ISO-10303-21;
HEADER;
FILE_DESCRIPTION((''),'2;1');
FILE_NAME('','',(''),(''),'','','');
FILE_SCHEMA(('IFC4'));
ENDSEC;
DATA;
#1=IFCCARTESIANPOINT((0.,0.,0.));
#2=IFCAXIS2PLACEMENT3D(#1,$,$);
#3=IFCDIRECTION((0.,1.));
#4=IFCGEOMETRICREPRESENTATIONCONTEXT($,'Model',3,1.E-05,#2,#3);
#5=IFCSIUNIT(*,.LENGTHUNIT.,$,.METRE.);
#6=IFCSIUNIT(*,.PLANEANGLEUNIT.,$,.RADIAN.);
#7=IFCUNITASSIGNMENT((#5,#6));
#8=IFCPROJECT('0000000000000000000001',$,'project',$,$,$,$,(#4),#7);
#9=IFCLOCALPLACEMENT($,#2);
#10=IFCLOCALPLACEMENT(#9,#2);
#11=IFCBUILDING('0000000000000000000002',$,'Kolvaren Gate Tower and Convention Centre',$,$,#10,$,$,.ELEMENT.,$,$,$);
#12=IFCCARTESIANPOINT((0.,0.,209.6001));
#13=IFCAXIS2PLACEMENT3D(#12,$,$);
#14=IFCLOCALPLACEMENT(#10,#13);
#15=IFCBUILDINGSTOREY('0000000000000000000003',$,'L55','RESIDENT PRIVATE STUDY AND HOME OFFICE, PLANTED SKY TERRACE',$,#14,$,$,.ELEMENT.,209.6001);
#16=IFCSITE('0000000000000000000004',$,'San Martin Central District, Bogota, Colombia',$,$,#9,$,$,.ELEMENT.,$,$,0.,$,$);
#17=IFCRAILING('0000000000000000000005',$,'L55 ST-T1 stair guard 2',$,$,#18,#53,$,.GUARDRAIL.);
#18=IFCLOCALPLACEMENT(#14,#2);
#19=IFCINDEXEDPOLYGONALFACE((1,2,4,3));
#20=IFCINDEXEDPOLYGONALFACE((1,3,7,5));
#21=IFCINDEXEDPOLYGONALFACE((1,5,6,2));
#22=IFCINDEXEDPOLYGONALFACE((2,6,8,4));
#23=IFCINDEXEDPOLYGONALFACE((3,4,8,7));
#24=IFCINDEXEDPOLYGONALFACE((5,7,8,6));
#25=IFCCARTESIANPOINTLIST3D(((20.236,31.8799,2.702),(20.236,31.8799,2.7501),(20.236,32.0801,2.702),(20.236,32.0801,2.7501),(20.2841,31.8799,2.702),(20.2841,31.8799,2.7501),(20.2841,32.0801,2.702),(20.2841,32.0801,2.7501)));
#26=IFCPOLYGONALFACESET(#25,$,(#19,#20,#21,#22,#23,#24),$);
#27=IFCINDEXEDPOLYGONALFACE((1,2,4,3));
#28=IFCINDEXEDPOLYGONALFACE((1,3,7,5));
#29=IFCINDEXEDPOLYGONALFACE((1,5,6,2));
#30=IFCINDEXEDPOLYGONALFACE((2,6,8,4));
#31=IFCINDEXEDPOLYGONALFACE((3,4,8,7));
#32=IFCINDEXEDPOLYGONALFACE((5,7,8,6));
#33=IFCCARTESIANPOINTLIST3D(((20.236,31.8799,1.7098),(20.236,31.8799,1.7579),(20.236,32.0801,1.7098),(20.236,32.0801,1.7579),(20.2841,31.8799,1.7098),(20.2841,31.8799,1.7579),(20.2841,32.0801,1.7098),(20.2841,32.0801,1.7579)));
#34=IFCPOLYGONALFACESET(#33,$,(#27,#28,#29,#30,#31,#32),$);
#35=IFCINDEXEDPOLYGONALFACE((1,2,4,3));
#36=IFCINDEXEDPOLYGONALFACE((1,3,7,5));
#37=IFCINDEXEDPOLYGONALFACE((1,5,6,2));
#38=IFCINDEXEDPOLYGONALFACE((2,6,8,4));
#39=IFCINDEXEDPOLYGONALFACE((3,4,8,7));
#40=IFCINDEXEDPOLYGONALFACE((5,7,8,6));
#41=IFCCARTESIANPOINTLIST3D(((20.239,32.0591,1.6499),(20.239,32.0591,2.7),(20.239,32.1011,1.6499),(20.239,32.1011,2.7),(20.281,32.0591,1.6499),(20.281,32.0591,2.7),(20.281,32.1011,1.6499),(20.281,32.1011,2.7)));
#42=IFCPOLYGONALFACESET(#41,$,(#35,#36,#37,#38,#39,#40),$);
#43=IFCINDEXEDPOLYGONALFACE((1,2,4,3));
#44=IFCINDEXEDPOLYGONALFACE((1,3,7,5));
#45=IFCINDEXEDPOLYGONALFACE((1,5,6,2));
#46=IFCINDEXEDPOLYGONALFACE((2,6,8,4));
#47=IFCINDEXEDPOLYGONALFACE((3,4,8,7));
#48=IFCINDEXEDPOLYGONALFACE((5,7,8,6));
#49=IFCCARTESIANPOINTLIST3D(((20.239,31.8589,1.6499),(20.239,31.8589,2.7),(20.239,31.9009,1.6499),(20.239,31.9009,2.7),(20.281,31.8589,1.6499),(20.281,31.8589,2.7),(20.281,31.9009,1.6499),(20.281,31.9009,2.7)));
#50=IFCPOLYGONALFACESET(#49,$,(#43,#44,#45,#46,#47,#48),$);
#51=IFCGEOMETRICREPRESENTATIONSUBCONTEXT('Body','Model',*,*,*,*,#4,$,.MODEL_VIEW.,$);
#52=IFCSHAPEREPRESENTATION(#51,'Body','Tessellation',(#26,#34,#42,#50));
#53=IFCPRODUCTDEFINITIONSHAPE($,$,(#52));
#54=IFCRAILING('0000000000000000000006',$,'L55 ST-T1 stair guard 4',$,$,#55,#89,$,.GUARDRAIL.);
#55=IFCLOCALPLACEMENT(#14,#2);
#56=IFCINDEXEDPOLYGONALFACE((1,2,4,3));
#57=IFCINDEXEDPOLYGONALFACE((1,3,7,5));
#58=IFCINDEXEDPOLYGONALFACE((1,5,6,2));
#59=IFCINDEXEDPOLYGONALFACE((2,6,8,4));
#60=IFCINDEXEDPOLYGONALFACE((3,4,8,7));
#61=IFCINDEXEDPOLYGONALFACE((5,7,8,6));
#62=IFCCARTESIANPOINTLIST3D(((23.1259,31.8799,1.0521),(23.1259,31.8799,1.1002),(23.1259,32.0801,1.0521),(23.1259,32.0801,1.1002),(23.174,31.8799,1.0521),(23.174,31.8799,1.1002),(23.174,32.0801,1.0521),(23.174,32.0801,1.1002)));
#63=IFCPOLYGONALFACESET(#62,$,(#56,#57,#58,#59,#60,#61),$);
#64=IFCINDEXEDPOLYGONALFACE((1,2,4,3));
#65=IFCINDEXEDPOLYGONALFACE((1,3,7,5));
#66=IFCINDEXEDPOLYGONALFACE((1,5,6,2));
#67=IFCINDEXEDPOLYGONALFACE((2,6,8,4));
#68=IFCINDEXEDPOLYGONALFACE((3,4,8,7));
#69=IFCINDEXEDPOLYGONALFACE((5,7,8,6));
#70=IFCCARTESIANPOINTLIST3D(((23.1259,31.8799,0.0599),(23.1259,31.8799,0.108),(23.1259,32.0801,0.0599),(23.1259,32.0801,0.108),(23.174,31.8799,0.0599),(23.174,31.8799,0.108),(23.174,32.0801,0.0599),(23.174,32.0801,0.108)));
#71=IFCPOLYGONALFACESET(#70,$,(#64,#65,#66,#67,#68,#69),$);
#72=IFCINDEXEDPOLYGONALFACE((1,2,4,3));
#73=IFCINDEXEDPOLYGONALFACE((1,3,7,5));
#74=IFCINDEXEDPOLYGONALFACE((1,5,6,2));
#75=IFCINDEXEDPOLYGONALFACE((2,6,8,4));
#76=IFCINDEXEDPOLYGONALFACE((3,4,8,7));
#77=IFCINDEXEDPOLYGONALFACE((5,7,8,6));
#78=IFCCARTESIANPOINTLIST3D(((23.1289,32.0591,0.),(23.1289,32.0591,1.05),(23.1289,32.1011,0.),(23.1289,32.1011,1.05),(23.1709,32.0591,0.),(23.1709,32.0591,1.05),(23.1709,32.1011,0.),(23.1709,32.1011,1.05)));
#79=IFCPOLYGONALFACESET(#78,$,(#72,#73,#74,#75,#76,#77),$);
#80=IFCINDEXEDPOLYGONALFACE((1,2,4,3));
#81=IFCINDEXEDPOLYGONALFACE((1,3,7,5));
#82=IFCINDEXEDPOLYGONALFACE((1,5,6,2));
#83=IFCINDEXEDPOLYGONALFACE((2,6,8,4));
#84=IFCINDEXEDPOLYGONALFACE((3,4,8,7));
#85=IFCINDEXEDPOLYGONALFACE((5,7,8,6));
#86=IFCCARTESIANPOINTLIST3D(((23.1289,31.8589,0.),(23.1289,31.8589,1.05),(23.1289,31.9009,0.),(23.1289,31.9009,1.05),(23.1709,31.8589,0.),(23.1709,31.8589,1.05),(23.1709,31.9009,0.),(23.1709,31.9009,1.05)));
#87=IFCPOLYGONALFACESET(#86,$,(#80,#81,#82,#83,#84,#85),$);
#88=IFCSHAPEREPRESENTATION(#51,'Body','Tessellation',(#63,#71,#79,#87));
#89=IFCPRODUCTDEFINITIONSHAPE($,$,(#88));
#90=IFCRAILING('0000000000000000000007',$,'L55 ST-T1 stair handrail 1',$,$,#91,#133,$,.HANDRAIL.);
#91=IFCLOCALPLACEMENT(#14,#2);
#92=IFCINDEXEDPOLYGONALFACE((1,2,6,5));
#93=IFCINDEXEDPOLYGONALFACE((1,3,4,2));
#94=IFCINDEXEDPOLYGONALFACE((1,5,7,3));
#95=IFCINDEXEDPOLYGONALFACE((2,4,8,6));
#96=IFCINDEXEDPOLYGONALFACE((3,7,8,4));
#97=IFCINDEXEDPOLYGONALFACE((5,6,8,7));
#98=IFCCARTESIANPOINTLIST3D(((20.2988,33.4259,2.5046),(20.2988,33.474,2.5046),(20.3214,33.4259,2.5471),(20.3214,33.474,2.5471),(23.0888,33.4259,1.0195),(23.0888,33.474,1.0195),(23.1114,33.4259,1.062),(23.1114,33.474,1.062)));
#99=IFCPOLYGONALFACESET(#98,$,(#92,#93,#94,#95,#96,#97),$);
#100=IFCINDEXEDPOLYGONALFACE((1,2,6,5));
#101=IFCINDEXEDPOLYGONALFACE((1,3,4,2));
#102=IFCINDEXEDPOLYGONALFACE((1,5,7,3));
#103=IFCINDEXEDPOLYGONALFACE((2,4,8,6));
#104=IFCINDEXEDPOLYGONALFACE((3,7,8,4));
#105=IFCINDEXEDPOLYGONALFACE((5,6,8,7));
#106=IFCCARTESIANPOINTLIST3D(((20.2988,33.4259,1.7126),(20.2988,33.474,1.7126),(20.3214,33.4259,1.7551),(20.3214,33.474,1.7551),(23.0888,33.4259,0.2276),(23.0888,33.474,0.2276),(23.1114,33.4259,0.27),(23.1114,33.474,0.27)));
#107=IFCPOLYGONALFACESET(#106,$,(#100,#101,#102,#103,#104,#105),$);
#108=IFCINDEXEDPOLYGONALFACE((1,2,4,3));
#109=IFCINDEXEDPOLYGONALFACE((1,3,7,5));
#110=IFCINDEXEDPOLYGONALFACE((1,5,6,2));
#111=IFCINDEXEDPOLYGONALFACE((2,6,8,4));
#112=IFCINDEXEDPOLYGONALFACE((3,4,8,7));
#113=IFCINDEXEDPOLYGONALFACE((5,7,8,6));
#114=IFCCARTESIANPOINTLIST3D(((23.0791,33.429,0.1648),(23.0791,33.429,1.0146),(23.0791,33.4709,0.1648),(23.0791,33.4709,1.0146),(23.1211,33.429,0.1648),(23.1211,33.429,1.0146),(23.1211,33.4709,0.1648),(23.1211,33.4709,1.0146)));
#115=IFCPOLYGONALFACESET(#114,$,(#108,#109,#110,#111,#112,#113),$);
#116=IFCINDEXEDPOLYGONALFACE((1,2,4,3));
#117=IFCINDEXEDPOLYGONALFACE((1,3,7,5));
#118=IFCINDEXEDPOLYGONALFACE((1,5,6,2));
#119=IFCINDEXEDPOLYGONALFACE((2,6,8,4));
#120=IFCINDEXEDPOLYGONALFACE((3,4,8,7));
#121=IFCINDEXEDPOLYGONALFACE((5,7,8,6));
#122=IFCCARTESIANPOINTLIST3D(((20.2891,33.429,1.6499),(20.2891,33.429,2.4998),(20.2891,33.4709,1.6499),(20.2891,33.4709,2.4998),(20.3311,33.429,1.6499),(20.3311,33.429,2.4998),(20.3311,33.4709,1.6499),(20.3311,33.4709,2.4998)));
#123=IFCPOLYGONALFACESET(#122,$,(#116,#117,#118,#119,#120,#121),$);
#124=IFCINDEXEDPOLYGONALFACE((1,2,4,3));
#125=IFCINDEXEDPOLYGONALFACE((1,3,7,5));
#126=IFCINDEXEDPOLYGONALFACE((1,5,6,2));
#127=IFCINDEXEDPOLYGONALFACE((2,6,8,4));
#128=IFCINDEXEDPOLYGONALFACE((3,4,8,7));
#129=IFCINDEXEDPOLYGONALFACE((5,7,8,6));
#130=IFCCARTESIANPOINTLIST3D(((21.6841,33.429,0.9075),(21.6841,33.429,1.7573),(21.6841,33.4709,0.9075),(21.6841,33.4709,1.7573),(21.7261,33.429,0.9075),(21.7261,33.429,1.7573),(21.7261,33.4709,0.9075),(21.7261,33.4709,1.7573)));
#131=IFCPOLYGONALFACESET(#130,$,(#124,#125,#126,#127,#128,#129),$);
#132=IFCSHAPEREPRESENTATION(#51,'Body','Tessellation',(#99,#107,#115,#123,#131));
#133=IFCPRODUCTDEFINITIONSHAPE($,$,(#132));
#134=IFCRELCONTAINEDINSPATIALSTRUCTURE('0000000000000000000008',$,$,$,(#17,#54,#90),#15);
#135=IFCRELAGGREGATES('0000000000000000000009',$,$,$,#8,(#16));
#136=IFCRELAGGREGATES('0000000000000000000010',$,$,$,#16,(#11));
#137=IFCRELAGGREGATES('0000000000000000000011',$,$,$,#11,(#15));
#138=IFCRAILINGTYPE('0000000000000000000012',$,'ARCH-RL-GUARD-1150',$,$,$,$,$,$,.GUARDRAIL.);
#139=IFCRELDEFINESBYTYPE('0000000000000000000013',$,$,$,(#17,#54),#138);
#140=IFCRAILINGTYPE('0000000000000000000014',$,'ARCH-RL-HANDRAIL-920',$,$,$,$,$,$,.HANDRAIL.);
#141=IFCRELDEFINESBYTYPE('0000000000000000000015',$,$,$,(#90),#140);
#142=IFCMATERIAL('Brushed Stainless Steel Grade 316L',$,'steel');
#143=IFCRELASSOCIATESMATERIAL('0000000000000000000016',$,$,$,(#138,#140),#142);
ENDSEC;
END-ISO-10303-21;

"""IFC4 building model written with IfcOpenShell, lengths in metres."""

from ifc_helpers import new_model, si_unit, direction, frame, origin, origin_2d, place, context, subcontext, project, spatial, rectangle, extrude, material, type_object, element, save


model = new_model("IFC4")

# Units and contexts
model_context = context("Model", 3, precision=1e-05, world=origin(), true_north=direction((0.0, 1.0)))
body_context = subcontext(model_context, "Body", "Model", "MODEL_VIEW")
ifc_project = project(units=[si_unit("LENGTHUNIT", "METRE"), si_unit("PLANEANGLEUNIT", "RADIAN")], contexts=[model_context])

# Site, building, storey
site_placement = place(None, origin())
site = spatial("IfcSite", under=ifc_project, at=site_placement, Name="San Martin Central District, Bogota, Colombia", CompositionType="ELEMENT", RefElevation=0.0)
building_placement = place(site_placement, origin())
building = spatial("IfcBuilding", under=site, at=building_placement, Name="Kolvaren Gate Tower and Convention Centre", CompositionType="ELEMENT")
storey_placement = place(building_placement, frame((0.0, 0.0, 209.6001)))
storey = spatial("IfcBuildingStorey", under=building, at=storey_placement, Name="L55", Description="RESIDENT PRIVATE STUDY AND HOME OFFICE, PLANTED SKY TERRACE", CompositionType="ELEMENT", Elevation=209.6001)

# Railings
ifc_material_1 = material(Name="Brushed Stainless Steel Grade 316L", Category="steel")
railing_type_1 = type_object("IfcRailingType", Name="ARCH-RL-GUARD-1150", PredefinedType="GUARDRAIL", material=ifc_material_1)
for number, where, name in (
    (1, (20.26, 32.0801, 1.6499), "L55 ST-T1 stair guard 2"),
    (2, (23.1499, 32.0801, 0.0), "L55 ST-T1 stair guard 4"),
):
    element("IfcRailing", number, at=place(storey_placement, frame(where)), inside=storey, type_object=railing_type_1, Name=name, PredefinedType="GUARDRAIL", context=body_context, shape_type="SweptSolid", body=[
        extrude(rectangle(XDim=0.0481, YDim=0.0481, at=origin_2d()), frame((0.0, 0.0, 1.0762), z_axis=(0.0, -1.0, 0.0), x_axis=(1.0, 0.0, 0.0)), (0.0, 0.0, 1.0), 0.2002),
        extrude(rectangle(XDim=0.0481, YDim=0.0481, at=origin_2d()), frame((0.0, 0.0, 0.084), z_axis=(0.0, -1.0, 0.0), x_axis=(1.0, 0.0, 0.0)), (0.0, 0.0, 1.0), 0.2002),
        extrude(rectangle(XDim=0.042, YDim=0.042, at=origin_2d()), origin(), (0.0, 0.0, 1.0), 1.05),
        extrude(rectangle(XDim=0.042, YDim=0.042, at=origin_2d()), frame((0.0, -0.2002, 0.0)), (0.0, 0.0, 1.0), 1.05),
    ])
railing_type_2 = type_object("IfcRailingType", Name="ARCH-RL-HANDRAIL-920", PredefinedType="HANDRAIL", material=ifc_material_1)
railing_1_placement = place(storey_placement, frame((23.1001, 33.45, 0.1648)))
element("IfcRailing", 3, at=railing_1_placement, inside=storey, type_object=railing_type_2, Name="L55 ST-T1 stair handrail 1", PredefinedType="HANDRAIL", context=body_context, shape_type="SweptSolid", body=[
    extrude(rectangle(XDim=0.0481, YDim=0.0481, at=origin_2d()), frame((0.0, 0.0, 0.876), z_axis=(-0.882735, 0.0, 0.46987), x_axis=(0.0, -1.0, 0.0)), (0.0, 0.0, 1.0), 3.1606),
    extrude(rectangle(XDim=0.0481, YDim=0.0481, at=origin_2d()), frame((0.0, 0.0, 0.084), z_axis=(-0.882735, 0.0, 0.46987), x_axis=(0.0, -1.0, 0.0)), (0.0, 0.0, 1.0), 3.1606),
    extrude(rectangle(XDim=0.042, YDim=0.042, at=origin_2d()), origin(), (0.0, 0.0, 1.0), 0.8499),
    extrude(rectangle(XDim=0.042, YDim=0.042, at=origin_2d()), frame((-2.79, 0.0, 1.4851)), (0.0, 0.0, 1.0), 0.8499),
    extrude(rectangle(XDim=0.042, YDim=0.042, at=origin_2d()), frame((-1.395, 0.0, 0.7427)), (0.0, 0.0, 1.0), 0.8499),
])

save(model, "model.ifc")
